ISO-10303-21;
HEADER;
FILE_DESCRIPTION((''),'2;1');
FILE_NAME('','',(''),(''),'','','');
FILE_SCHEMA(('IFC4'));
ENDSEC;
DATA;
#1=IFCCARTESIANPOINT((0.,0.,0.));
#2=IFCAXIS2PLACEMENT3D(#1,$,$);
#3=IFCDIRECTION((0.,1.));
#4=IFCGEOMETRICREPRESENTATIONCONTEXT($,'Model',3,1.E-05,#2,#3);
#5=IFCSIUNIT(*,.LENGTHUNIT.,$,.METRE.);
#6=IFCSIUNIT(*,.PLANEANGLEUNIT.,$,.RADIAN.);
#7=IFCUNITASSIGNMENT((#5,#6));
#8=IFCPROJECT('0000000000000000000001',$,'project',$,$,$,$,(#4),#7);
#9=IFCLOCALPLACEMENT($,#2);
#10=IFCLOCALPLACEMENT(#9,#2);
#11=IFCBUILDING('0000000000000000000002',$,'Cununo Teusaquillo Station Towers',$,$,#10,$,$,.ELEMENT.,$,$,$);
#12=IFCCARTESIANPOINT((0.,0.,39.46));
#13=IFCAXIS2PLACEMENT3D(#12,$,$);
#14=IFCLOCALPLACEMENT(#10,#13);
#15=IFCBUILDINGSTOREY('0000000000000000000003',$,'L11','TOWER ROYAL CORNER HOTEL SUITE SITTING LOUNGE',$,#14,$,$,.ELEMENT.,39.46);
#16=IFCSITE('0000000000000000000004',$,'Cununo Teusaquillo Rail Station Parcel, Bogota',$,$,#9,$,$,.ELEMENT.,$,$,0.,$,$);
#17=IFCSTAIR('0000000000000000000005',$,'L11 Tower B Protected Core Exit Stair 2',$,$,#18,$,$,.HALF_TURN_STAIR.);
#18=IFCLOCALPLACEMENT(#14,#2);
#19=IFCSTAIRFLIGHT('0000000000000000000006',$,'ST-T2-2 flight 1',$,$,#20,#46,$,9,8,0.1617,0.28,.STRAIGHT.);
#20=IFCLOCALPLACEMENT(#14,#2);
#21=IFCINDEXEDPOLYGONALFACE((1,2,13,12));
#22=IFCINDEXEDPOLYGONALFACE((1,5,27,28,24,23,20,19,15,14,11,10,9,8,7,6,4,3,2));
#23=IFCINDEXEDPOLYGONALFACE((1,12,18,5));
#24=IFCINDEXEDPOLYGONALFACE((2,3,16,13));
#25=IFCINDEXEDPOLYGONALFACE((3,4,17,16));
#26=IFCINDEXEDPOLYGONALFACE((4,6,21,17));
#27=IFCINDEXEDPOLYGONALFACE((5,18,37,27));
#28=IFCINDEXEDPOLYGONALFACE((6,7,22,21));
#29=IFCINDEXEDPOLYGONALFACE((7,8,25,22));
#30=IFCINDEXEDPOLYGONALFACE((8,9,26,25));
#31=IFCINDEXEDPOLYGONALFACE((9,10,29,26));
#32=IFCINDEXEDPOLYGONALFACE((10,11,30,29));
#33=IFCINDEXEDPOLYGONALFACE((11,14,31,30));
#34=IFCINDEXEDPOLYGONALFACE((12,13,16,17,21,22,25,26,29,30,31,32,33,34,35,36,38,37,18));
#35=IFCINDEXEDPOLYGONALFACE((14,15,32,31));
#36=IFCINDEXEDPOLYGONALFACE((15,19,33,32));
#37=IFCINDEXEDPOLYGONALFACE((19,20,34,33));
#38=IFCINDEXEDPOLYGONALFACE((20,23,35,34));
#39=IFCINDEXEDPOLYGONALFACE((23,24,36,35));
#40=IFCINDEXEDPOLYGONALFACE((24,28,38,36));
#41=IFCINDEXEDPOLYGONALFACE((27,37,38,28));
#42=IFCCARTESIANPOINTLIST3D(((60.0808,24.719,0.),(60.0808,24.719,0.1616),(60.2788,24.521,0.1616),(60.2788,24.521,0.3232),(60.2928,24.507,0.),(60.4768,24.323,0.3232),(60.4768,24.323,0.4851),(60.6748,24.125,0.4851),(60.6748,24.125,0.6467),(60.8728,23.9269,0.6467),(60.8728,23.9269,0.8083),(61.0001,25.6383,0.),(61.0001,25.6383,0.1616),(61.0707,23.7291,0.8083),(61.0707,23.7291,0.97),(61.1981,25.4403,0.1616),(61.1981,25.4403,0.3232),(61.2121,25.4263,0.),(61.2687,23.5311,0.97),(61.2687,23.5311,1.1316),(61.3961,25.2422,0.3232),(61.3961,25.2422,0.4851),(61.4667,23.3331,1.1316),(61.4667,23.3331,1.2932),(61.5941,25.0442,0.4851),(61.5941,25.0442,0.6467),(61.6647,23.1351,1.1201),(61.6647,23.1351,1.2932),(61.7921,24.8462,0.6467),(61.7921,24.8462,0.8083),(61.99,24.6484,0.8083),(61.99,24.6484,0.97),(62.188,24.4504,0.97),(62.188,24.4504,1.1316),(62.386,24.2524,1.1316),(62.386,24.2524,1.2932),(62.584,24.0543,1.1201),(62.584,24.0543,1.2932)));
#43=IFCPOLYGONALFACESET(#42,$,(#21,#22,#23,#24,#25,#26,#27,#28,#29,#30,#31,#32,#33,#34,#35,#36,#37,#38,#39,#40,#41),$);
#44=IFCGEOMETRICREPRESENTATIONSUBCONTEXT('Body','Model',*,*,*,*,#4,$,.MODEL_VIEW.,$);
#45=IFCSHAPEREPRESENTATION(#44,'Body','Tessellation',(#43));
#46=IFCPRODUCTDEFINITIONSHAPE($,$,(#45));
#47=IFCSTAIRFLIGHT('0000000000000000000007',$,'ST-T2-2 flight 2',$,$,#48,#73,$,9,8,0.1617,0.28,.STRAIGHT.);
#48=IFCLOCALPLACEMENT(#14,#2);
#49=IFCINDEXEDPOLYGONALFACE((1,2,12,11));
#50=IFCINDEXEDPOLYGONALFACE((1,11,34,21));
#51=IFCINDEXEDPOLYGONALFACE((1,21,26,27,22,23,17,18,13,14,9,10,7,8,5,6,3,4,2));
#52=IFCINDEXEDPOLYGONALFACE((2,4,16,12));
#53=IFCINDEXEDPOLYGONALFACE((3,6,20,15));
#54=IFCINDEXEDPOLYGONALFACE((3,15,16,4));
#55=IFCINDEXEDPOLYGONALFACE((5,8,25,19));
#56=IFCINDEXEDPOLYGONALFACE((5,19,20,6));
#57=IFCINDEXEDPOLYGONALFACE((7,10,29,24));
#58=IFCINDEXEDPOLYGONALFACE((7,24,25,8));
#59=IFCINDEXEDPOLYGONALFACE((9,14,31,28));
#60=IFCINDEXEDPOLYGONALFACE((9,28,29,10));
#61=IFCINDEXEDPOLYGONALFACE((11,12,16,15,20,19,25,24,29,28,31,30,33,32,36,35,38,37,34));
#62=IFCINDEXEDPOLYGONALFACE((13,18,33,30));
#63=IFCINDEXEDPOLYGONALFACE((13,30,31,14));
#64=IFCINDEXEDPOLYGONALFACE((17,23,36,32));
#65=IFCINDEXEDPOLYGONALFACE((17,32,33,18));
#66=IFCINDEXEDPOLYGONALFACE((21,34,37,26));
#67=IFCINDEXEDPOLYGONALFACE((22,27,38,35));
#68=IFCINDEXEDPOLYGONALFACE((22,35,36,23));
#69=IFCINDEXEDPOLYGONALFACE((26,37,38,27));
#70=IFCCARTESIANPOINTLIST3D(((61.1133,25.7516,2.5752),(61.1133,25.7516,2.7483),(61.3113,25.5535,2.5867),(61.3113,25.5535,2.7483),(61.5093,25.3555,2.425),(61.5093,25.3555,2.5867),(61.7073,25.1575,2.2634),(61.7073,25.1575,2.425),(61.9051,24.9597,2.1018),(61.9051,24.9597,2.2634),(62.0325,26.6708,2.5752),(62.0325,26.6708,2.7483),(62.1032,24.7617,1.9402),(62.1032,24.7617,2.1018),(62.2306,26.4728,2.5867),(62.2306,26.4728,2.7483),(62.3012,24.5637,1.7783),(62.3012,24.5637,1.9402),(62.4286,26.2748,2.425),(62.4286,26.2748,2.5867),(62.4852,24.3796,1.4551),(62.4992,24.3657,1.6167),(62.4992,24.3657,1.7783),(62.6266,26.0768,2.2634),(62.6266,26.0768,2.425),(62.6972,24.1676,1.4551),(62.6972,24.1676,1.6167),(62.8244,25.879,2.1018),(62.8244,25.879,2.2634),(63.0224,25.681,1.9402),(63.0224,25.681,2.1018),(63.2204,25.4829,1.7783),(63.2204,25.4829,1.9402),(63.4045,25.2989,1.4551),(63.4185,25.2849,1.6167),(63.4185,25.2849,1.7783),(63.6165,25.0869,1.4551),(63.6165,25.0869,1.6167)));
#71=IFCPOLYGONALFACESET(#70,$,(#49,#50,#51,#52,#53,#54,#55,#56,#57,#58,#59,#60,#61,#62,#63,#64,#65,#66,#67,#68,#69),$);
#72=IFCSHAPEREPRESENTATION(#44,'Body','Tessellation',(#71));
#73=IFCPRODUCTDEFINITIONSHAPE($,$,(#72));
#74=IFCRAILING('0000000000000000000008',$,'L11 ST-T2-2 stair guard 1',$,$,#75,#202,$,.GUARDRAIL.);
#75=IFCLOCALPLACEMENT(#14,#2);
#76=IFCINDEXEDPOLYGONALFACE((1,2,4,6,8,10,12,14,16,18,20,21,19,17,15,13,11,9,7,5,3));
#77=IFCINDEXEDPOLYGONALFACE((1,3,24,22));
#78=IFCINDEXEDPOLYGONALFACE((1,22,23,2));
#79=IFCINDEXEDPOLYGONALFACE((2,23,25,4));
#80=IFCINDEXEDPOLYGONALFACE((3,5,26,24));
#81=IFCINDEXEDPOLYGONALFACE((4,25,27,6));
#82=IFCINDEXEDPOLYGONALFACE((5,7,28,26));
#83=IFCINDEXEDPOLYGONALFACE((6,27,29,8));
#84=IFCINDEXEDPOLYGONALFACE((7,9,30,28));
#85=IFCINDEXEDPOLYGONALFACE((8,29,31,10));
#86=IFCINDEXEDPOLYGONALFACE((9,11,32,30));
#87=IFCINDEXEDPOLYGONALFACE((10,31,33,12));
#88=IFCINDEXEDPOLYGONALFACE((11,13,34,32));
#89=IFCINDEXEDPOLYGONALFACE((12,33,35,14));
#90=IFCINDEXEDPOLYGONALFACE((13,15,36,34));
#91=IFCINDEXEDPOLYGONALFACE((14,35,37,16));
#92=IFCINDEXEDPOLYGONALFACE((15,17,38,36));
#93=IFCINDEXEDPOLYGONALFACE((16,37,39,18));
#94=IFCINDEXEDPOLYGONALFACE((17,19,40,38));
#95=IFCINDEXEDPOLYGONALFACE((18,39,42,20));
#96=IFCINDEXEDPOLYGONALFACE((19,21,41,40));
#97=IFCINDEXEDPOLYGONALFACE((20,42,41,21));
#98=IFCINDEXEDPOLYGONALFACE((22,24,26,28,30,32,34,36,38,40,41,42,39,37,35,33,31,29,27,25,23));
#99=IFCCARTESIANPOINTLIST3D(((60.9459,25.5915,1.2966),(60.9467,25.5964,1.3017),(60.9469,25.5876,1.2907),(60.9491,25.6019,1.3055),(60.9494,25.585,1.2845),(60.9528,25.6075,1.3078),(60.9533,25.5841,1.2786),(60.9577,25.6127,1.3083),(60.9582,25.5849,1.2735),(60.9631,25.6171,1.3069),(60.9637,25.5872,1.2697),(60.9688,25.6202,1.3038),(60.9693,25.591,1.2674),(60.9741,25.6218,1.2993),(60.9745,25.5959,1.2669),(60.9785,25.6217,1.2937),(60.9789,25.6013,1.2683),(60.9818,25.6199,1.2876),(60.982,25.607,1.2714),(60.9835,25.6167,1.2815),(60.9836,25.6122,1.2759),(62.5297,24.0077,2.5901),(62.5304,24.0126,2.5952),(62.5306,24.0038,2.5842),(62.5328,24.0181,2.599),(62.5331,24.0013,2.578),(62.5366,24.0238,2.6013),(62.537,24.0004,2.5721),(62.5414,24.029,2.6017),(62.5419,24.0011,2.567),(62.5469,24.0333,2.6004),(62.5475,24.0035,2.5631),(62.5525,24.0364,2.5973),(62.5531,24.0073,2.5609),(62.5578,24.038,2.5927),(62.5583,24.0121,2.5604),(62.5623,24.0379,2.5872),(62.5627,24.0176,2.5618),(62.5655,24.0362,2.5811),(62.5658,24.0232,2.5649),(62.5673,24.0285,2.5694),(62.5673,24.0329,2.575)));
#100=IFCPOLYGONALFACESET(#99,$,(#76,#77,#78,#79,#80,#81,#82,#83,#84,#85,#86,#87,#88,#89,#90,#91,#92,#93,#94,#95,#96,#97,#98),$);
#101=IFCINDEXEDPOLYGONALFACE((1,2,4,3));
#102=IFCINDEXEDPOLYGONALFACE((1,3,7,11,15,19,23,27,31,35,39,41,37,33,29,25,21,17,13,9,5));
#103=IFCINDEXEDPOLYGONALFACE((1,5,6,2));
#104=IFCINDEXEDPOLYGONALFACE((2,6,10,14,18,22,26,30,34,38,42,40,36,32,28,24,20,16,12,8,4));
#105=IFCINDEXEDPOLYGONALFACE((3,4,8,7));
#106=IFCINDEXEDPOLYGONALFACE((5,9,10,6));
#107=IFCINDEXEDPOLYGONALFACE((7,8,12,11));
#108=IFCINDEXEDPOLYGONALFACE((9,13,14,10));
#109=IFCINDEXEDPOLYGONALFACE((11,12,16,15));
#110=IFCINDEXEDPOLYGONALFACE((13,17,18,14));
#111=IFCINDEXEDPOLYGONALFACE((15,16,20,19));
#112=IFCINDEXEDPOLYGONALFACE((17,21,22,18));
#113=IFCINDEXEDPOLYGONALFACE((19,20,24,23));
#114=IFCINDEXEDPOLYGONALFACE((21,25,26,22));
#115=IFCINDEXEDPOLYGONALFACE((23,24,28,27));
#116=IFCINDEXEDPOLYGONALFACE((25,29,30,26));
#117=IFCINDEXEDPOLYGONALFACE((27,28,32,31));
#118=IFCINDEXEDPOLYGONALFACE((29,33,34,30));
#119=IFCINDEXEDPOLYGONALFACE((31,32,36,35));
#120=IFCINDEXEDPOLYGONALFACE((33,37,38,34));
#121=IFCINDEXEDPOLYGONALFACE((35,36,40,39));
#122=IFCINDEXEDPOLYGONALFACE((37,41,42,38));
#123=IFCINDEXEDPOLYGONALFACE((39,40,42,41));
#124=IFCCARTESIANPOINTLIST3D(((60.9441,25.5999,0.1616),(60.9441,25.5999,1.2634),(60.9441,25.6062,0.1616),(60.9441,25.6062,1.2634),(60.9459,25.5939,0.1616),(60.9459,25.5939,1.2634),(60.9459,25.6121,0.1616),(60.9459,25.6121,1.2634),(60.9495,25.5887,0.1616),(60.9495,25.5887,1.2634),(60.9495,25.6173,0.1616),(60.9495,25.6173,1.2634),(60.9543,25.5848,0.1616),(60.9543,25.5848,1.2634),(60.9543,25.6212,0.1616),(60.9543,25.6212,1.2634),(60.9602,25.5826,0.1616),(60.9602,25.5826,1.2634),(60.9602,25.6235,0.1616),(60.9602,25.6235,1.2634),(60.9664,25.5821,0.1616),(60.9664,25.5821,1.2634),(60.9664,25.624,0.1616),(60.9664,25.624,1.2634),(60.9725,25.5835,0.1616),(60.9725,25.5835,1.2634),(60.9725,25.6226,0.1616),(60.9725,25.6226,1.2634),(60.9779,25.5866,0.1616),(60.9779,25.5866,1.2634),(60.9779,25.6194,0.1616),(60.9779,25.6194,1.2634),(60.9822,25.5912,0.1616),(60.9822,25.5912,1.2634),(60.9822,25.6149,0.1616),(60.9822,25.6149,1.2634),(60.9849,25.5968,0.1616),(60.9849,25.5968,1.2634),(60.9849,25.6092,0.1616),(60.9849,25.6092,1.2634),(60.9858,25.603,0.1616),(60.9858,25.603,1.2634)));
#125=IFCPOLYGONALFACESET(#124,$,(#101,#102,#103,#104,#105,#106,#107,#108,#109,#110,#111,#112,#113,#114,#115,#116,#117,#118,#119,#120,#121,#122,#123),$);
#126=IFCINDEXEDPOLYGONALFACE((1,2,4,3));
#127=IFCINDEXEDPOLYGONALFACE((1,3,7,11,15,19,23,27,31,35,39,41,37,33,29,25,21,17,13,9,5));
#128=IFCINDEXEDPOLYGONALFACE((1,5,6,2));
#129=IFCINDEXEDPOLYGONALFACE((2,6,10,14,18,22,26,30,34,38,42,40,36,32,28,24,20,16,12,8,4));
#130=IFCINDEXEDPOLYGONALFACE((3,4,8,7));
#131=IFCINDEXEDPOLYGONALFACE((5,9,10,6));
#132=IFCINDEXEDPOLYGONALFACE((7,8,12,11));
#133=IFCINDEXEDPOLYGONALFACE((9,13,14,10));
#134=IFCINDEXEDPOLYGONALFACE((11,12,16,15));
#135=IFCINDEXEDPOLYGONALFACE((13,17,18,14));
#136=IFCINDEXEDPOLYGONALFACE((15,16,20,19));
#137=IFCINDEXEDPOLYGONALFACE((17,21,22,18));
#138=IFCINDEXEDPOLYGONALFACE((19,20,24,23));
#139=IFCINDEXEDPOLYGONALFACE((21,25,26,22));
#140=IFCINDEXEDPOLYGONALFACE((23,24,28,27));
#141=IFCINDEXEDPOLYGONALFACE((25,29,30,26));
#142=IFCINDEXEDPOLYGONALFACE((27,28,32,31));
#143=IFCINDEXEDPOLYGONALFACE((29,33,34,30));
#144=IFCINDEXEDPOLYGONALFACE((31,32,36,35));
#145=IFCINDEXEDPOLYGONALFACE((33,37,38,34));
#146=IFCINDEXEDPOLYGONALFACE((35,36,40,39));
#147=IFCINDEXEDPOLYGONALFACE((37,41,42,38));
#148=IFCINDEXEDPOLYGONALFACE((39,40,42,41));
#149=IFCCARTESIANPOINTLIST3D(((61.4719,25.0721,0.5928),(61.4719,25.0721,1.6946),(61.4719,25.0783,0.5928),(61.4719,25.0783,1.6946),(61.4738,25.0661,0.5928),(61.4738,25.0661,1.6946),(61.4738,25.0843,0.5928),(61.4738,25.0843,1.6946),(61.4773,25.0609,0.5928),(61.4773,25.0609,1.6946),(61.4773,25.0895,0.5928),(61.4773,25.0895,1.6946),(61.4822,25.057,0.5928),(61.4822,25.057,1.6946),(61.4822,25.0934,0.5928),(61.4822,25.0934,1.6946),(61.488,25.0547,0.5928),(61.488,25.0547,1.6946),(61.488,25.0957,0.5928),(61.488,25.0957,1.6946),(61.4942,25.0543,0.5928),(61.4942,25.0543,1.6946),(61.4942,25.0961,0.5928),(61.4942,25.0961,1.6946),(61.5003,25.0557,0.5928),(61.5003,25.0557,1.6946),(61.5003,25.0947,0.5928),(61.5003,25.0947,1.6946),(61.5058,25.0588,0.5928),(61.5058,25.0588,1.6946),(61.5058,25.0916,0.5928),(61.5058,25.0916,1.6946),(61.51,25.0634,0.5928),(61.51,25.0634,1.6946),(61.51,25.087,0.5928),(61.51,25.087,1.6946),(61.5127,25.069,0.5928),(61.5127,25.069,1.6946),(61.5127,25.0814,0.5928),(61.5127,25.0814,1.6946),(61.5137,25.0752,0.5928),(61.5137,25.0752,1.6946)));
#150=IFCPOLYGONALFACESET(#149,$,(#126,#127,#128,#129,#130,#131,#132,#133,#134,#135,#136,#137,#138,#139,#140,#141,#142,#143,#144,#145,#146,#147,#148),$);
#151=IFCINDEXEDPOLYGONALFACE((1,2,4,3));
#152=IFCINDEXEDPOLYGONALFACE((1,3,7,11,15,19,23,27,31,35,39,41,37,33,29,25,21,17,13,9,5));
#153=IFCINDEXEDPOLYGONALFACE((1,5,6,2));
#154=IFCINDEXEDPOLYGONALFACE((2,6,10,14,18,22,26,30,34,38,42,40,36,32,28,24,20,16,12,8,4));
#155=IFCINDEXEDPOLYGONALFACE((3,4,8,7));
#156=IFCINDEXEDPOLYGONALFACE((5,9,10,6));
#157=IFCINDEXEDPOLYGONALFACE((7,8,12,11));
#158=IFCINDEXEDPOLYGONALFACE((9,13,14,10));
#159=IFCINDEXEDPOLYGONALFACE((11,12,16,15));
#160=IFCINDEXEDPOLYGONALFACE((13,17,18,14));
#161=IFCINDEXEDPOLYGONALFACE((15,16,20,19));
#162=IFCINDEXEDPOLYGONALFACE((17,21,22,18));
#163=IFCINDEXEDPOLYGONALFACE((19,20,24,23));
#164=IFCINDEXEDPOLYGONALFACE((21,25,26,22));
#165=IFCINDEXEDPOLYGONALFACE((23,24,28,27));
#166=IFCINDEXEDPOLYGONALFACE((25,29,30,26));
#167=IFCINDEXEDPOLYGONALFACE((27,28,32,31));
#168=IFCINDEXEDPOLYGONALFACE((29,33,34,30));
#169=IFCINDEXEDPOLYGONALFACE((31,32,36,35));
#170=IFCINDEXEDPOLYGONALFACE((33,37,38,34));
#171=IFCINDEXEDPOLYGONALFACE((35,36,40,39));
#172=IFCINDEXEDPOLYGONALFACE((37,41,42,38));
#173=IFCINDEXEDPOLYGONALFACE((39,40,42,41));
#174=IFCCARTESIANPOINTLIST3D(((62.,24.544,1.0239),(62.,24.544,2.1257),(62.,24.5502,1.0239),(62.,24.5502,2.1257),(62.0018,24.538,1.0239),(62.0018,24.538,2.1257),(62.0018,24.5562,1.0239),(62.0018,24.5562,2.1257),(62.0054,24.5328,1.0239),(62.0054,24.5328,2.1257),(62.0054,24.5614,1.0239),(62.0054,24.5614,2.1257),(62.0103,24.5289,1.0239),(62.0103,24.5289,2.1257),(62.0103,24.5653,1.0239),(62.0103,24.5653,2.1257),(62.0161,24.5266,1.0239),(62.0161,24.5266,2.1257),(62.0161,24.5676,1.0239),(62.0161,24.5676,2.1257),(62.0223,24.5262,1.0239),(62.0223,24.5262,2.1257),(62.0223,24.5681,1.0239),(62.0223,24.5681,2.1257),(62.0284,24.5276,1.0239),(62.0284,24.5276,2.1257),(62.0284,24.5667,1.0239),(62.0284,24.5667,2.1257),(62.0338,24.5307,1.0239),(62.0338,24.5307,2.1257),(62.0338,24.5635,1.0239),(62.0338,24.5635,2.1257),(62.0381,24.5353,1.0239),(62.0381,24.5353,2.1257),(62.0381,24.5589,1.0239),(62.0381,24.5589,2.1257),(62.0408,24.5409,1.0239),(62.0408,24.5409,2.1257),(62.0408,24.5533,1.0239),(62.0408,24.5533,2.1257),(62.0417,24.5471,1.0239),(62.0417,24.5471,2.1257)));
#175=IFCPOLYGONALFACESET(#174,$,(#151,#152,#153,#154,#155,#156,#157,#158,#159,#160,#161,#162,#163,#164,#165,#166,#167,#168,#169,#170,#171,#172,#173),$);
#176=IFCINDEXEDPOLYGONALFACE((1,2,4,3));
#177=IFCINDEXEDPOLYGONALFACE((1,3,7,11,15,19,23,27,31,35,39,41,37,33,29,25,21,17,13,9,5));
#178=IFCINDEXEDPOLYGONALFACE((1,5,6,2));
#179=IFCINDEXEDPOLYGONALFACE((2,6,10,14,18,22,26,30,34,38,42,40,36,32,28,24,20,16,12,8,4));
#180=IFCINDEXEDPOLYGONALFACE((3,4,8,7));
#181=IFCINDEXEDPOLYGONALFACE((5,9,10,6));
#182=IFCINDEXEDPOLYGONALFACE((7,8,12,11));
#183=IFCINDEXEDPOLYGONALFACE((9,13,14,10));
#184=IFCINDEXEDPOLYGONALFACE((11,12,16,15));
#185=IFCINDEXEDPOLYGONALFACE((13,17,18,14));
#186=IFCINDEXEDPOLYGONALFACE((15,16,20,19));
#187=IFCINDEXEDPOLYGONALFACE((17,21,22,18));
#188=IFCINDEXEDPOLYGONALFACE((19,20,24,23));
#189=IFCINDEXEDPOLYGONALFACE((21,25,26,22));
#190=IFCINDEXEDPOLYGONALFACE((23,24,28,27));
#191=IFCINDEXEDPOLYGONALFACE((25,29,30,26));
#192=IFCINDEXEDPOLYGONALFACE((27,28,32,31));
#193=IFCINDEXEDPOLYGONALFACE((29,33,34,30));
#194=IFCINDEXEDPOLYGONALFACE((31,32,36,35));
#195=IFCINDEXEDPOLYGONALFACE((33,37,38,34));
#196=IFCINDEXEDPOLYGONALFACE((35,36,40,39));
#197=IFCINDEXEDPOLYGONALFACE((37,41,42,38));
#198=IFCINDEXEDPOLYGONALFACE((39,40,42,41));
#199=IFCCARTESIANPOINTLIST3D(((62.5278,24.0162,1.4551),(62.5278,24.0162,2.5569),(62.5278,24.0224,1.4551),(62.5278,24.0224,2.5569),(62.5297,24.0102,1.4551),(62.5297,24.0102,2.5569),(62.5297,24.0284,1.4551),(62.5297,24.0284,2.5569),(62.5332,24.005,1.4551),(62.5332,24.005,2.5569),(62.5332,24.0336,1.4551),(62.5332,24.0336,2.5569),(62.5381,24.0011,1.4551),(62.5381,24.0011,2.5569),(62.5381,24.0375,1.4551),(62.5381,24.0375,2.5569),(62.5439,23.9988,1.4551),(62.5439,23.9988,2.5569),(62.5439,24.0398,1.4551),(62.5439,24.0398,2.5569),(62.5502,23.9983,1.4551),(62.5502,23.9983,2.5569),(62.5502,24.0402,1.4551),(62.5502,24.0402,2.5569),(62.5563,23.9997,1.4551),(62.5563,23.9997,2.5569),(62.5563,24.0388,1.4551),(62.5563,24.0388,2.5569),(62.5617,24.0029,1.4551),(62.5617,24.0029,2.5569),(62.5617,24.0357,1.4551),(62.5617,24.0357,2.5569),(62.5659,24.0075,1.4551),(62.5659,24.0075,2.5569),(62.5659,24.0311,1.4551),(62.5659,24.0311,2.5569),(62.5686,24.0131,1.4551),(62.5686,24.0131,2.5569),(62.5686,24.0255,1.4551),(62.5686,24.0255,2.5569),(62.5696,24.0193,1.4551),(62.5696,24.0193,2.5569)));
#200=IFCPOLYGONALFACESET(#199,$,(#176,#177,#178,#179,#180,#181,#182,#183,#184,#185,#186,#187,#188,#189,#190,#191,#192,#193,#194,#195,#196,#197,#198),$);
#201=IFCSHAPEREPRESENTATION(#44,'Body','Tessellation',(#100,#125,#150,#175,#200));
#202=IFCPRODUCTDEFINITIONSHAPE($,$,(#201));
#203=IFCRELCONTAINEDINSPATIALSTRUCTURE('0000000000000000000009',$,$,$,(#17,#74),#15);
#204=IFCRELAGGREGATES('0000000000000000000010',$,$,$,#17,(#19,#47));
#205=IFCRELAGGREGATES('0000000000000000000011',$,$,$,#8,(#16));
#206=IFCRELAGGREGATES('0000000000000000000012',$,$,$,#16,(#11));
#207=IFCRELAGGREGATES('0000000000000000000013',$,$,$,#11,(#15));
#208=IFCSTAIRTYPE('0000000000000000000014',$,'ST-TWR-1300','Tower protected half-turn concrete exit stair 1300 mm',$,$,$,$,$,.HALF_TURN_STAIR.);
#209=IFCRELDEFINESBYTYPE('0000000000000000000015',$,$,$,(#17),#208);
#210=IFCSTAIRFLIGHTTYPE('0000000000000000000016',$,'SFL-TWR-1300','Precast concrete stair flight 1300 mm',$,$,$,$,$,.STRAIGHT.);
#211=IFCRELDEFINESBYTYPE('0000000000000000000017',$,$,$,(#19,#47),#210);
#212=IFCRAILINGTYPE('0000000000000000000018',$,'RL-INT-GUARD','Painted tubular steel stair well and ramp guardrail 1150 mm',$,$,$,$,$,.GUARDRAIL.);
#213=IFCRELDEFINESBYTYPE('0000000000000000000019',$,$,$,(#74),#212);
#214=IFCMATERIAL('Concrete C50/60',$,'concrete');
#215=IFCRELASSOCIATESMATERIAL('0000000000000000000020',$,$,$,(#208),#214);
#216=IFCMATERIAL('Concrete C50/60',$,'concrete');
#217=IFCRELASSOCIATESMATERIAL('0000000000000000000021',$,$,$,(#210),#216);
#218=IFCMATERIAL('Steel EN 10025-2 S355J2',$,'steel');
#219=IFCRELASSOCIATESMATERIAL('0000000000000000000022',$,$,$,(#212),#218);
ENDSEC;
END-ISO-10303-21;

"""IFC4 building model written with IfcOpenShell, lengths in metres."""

from ifc_helpers import new_model, si_unit, direction, frame, origin, origin_2d, place, context, subcontext, project, spatial, polyline, circle, outline, extrude, material, type_object, element, aggregate, save


model = new_model("IFC4")

# Units and contexts
model_context = context("Model", 3, precision=1e-05, world=origin(), true_north=direction((0.0, 1.0)))
body_context = subcontext(model_context, "Body", "Model", "MODEL_VIEW")
ifc_project = project(units=[si_unit("LENGTHUNIT", "METRE"), si_unit("PLANEANGLEUNIT", "RADIAN")], contexts=[model_context])

# Site, building, storey
site_placement = place(None, origin())
site = spatial("IfcSite", under=ifc_project, at=site_placement, Name="Cununo Teusaquillo Rail Station Parcel, Bogota", CompositionType="ELEMENT", RefElevation=0.0)
building_placement = place(site_placement, origin())
building = spatial("IfcBuilding", under=site, at=building_placement, Name="Cununo Teusaquillo Station Towers", CompositionType="ELEMENT")
storey_placement = place(building_placement, frame((0.0, 0.0, 39.46)))
storey = spatial("IfcBuildingStorey", under=building, at=storey_placement, Name="L11", Description="TOWER ROYAL CORNER HOTEL SUITE SITTING LOUNGE", CompositionType="ELEMENT", Elevation=39.46)

# Stair, stair flights
ifc_material_1 = material(Name="Concrete C50/60", Category="concrete")
stair_type = type_object("IfcStairType", Name="ST-TWR-1300", Description="Tower protected half-turn concrete exit stair 1300 mm", PredefinedType="HALF_TURN_STAIR", material=ifc_material_1)
stair_placement = place(storey_placement, origin())
stair = element("IfcStair", 1, at=stair_placement, inside=storey, type_object=stair_type, Name="L11 Tower B Protected Core Exit Stair 2", PredefinedType="HALF_TURN_STAIR")
ifc_material_2 = material(Name="Concrete C50/60", Category="concrete")
stair_flight_type = type_object("IfcStairFlightType", Name="SFL-TWR-1300", Description="Precast concrete stair flight 1300 mm", PredefinedType="STRAIGHT", material=ifc_material_2)
stair_flight_1_placement = place(storey_placement, frame((60.5405, 25.1787, 0.0), z_axis=(0.0, 0.0, 1.0), x_axis=(0.707107, -0.707107, 0.0)))
stair_flight_1 = element("IfcStairFlight", 2, at=stair_flight_1_placement, type_object=stair_flight_type, Name="ST-T2-2 flight 1", NumberOfRisers=9, NumberOfTreads=8, PredefinedType="STRAIGHT", RiserHeight=0.1617, TreadLength=0.28, context=body_context, shape_type="SweptSolid", body=[
    extrude(outline(polyline([(0.0, 0.0), (0.0, 0.1616), (0.28, 0.1616), (0.28, 0.3232), (0.5601, 0.3232), (0.5601, 0.4851), (0.8401, 0.4851), (0.8401, 0.6467), (1.1201, 0.6467), (1.1201, 0.8083), (1.3999, 0.8083), (1.3999, 0.97), (1.6799, 0.97), (1.6799, 1.1316), (1.96, 1.1316), (1.96, 1.2932), (2.24, 1.2932), (2.24, 1.4551), (2.24, 1.1201), (0.2998, 0.0), (0.0, 0.0)])), frame((0.0, 0.6499, 0.0), z_axis=(0.0, -1.0, 0.0), x_axis=(1.0, 0.0, 0.0)), (0.0, 0.0, 1.0), 1.3),
])
stair_flight_2_placement = place(storey_placement, frame((63.1567, 24.6272, 1.4551), z_axis=(0.0, 0.0, 1.0), x_axis=(-0.707107, 0.707107, 0.0)))
stair_flight_2 = element("IfcStairFlight", 3, at=stair_flight_2_placement, type_object=stair_flight_type, Name="ST-T2-2 flight 2", NumberOfRisers=9, NumberOfTreads=8, PredefinedType="STRAIGHT", RiserHeight=0.1617, TreadLength=0.28, context=body_context, shape_type="SweptSolid", body=[
    extrude(outline(polyline([(0.0, 0.0), (0.0, 0.1616), (0.28, 0.1616), (0.28, 0.3232), (0.5601, 0.3232), (0.5601, 0.4851), (0.8401, 0.4851), (0.8401, 0.6467), (1.1201, 0.6467), (1.1201, 0.8083), (1.3999, 0.8083), (1.3999, 0.97), (1.6799, 0.97), (1.6799, 1.1316), (1.96, 1.1316), (1.96, 1.2932), (2.24, 1.2932), (2.24, 1.4551), (2.24, 1.1201), (0.2998, 0.0), (0.0, 0.0)])), frame((0.0, 0.6499, 0.0), z_axis=(0.0, -1.0, 0.0), x_axis=(1.0, 0.0, 0.0)), (0.0, 0.0, 1.0), 1.3),
])
aggregate(stair, [stair_flight_1, stair_flight_2])

# Railing
ifc_material_3 = material(Name="Steel EN 10025-2 S355J2", Category="steel")
railing_type_1 = type_object("IfcRailingType", Name="RL-INT-GUARD", Description="Painted tubular steel stair well and ramp guardrail 1150 mm", PredefinedType="GUARDRAIL", material=ifc_material_3)
railing_1_placement = place(storey_placement, frame((60.9648, 25.603, 0.1616)))
element("IfcRailing", 4, at=railing_1_placement, inside=storey, type_object=railing_type_1, Name="L11 ST-T2-2 stair guard 1", PredefinedType="GUARDRAIL", context=body_context, shape_type="SweptSolid", body=[
    extrude(circle(Radius=0.0239, at=origin_2d()), frame((0.0, 0.0, 1.126), z_axis=(0.612332, -0.612332, 0.500098), x_axis=(0.707107, 0.707107, 0.0)), (0.0, 0.0, 1.0), 2.5864),
    extrude(circle(Radius=0.021, at=origin_2d()), origin(), (0.0, 0.0, 1.0), 1.1018),
    extrude(circle(Radius=0.021, at=origin_2d()), frame((0.5278, -0.5278, 0.4312)), (0.0, 0.0, 1.0), 1.1018),
    extrude(circle(Radius=0.021, at=origin_2d()), frame((1.0559, -1.0559, 0.8623)), (0.0, 0.0, 1.0), 1.1018),
    extrude(circle(Radius=0.021, at=origin_2d()), frame((1.5837, -1.5837, 1.2935)), (0.0, 0.0, 1.0), 1.1018),
])

save(model, "model.ifc")
